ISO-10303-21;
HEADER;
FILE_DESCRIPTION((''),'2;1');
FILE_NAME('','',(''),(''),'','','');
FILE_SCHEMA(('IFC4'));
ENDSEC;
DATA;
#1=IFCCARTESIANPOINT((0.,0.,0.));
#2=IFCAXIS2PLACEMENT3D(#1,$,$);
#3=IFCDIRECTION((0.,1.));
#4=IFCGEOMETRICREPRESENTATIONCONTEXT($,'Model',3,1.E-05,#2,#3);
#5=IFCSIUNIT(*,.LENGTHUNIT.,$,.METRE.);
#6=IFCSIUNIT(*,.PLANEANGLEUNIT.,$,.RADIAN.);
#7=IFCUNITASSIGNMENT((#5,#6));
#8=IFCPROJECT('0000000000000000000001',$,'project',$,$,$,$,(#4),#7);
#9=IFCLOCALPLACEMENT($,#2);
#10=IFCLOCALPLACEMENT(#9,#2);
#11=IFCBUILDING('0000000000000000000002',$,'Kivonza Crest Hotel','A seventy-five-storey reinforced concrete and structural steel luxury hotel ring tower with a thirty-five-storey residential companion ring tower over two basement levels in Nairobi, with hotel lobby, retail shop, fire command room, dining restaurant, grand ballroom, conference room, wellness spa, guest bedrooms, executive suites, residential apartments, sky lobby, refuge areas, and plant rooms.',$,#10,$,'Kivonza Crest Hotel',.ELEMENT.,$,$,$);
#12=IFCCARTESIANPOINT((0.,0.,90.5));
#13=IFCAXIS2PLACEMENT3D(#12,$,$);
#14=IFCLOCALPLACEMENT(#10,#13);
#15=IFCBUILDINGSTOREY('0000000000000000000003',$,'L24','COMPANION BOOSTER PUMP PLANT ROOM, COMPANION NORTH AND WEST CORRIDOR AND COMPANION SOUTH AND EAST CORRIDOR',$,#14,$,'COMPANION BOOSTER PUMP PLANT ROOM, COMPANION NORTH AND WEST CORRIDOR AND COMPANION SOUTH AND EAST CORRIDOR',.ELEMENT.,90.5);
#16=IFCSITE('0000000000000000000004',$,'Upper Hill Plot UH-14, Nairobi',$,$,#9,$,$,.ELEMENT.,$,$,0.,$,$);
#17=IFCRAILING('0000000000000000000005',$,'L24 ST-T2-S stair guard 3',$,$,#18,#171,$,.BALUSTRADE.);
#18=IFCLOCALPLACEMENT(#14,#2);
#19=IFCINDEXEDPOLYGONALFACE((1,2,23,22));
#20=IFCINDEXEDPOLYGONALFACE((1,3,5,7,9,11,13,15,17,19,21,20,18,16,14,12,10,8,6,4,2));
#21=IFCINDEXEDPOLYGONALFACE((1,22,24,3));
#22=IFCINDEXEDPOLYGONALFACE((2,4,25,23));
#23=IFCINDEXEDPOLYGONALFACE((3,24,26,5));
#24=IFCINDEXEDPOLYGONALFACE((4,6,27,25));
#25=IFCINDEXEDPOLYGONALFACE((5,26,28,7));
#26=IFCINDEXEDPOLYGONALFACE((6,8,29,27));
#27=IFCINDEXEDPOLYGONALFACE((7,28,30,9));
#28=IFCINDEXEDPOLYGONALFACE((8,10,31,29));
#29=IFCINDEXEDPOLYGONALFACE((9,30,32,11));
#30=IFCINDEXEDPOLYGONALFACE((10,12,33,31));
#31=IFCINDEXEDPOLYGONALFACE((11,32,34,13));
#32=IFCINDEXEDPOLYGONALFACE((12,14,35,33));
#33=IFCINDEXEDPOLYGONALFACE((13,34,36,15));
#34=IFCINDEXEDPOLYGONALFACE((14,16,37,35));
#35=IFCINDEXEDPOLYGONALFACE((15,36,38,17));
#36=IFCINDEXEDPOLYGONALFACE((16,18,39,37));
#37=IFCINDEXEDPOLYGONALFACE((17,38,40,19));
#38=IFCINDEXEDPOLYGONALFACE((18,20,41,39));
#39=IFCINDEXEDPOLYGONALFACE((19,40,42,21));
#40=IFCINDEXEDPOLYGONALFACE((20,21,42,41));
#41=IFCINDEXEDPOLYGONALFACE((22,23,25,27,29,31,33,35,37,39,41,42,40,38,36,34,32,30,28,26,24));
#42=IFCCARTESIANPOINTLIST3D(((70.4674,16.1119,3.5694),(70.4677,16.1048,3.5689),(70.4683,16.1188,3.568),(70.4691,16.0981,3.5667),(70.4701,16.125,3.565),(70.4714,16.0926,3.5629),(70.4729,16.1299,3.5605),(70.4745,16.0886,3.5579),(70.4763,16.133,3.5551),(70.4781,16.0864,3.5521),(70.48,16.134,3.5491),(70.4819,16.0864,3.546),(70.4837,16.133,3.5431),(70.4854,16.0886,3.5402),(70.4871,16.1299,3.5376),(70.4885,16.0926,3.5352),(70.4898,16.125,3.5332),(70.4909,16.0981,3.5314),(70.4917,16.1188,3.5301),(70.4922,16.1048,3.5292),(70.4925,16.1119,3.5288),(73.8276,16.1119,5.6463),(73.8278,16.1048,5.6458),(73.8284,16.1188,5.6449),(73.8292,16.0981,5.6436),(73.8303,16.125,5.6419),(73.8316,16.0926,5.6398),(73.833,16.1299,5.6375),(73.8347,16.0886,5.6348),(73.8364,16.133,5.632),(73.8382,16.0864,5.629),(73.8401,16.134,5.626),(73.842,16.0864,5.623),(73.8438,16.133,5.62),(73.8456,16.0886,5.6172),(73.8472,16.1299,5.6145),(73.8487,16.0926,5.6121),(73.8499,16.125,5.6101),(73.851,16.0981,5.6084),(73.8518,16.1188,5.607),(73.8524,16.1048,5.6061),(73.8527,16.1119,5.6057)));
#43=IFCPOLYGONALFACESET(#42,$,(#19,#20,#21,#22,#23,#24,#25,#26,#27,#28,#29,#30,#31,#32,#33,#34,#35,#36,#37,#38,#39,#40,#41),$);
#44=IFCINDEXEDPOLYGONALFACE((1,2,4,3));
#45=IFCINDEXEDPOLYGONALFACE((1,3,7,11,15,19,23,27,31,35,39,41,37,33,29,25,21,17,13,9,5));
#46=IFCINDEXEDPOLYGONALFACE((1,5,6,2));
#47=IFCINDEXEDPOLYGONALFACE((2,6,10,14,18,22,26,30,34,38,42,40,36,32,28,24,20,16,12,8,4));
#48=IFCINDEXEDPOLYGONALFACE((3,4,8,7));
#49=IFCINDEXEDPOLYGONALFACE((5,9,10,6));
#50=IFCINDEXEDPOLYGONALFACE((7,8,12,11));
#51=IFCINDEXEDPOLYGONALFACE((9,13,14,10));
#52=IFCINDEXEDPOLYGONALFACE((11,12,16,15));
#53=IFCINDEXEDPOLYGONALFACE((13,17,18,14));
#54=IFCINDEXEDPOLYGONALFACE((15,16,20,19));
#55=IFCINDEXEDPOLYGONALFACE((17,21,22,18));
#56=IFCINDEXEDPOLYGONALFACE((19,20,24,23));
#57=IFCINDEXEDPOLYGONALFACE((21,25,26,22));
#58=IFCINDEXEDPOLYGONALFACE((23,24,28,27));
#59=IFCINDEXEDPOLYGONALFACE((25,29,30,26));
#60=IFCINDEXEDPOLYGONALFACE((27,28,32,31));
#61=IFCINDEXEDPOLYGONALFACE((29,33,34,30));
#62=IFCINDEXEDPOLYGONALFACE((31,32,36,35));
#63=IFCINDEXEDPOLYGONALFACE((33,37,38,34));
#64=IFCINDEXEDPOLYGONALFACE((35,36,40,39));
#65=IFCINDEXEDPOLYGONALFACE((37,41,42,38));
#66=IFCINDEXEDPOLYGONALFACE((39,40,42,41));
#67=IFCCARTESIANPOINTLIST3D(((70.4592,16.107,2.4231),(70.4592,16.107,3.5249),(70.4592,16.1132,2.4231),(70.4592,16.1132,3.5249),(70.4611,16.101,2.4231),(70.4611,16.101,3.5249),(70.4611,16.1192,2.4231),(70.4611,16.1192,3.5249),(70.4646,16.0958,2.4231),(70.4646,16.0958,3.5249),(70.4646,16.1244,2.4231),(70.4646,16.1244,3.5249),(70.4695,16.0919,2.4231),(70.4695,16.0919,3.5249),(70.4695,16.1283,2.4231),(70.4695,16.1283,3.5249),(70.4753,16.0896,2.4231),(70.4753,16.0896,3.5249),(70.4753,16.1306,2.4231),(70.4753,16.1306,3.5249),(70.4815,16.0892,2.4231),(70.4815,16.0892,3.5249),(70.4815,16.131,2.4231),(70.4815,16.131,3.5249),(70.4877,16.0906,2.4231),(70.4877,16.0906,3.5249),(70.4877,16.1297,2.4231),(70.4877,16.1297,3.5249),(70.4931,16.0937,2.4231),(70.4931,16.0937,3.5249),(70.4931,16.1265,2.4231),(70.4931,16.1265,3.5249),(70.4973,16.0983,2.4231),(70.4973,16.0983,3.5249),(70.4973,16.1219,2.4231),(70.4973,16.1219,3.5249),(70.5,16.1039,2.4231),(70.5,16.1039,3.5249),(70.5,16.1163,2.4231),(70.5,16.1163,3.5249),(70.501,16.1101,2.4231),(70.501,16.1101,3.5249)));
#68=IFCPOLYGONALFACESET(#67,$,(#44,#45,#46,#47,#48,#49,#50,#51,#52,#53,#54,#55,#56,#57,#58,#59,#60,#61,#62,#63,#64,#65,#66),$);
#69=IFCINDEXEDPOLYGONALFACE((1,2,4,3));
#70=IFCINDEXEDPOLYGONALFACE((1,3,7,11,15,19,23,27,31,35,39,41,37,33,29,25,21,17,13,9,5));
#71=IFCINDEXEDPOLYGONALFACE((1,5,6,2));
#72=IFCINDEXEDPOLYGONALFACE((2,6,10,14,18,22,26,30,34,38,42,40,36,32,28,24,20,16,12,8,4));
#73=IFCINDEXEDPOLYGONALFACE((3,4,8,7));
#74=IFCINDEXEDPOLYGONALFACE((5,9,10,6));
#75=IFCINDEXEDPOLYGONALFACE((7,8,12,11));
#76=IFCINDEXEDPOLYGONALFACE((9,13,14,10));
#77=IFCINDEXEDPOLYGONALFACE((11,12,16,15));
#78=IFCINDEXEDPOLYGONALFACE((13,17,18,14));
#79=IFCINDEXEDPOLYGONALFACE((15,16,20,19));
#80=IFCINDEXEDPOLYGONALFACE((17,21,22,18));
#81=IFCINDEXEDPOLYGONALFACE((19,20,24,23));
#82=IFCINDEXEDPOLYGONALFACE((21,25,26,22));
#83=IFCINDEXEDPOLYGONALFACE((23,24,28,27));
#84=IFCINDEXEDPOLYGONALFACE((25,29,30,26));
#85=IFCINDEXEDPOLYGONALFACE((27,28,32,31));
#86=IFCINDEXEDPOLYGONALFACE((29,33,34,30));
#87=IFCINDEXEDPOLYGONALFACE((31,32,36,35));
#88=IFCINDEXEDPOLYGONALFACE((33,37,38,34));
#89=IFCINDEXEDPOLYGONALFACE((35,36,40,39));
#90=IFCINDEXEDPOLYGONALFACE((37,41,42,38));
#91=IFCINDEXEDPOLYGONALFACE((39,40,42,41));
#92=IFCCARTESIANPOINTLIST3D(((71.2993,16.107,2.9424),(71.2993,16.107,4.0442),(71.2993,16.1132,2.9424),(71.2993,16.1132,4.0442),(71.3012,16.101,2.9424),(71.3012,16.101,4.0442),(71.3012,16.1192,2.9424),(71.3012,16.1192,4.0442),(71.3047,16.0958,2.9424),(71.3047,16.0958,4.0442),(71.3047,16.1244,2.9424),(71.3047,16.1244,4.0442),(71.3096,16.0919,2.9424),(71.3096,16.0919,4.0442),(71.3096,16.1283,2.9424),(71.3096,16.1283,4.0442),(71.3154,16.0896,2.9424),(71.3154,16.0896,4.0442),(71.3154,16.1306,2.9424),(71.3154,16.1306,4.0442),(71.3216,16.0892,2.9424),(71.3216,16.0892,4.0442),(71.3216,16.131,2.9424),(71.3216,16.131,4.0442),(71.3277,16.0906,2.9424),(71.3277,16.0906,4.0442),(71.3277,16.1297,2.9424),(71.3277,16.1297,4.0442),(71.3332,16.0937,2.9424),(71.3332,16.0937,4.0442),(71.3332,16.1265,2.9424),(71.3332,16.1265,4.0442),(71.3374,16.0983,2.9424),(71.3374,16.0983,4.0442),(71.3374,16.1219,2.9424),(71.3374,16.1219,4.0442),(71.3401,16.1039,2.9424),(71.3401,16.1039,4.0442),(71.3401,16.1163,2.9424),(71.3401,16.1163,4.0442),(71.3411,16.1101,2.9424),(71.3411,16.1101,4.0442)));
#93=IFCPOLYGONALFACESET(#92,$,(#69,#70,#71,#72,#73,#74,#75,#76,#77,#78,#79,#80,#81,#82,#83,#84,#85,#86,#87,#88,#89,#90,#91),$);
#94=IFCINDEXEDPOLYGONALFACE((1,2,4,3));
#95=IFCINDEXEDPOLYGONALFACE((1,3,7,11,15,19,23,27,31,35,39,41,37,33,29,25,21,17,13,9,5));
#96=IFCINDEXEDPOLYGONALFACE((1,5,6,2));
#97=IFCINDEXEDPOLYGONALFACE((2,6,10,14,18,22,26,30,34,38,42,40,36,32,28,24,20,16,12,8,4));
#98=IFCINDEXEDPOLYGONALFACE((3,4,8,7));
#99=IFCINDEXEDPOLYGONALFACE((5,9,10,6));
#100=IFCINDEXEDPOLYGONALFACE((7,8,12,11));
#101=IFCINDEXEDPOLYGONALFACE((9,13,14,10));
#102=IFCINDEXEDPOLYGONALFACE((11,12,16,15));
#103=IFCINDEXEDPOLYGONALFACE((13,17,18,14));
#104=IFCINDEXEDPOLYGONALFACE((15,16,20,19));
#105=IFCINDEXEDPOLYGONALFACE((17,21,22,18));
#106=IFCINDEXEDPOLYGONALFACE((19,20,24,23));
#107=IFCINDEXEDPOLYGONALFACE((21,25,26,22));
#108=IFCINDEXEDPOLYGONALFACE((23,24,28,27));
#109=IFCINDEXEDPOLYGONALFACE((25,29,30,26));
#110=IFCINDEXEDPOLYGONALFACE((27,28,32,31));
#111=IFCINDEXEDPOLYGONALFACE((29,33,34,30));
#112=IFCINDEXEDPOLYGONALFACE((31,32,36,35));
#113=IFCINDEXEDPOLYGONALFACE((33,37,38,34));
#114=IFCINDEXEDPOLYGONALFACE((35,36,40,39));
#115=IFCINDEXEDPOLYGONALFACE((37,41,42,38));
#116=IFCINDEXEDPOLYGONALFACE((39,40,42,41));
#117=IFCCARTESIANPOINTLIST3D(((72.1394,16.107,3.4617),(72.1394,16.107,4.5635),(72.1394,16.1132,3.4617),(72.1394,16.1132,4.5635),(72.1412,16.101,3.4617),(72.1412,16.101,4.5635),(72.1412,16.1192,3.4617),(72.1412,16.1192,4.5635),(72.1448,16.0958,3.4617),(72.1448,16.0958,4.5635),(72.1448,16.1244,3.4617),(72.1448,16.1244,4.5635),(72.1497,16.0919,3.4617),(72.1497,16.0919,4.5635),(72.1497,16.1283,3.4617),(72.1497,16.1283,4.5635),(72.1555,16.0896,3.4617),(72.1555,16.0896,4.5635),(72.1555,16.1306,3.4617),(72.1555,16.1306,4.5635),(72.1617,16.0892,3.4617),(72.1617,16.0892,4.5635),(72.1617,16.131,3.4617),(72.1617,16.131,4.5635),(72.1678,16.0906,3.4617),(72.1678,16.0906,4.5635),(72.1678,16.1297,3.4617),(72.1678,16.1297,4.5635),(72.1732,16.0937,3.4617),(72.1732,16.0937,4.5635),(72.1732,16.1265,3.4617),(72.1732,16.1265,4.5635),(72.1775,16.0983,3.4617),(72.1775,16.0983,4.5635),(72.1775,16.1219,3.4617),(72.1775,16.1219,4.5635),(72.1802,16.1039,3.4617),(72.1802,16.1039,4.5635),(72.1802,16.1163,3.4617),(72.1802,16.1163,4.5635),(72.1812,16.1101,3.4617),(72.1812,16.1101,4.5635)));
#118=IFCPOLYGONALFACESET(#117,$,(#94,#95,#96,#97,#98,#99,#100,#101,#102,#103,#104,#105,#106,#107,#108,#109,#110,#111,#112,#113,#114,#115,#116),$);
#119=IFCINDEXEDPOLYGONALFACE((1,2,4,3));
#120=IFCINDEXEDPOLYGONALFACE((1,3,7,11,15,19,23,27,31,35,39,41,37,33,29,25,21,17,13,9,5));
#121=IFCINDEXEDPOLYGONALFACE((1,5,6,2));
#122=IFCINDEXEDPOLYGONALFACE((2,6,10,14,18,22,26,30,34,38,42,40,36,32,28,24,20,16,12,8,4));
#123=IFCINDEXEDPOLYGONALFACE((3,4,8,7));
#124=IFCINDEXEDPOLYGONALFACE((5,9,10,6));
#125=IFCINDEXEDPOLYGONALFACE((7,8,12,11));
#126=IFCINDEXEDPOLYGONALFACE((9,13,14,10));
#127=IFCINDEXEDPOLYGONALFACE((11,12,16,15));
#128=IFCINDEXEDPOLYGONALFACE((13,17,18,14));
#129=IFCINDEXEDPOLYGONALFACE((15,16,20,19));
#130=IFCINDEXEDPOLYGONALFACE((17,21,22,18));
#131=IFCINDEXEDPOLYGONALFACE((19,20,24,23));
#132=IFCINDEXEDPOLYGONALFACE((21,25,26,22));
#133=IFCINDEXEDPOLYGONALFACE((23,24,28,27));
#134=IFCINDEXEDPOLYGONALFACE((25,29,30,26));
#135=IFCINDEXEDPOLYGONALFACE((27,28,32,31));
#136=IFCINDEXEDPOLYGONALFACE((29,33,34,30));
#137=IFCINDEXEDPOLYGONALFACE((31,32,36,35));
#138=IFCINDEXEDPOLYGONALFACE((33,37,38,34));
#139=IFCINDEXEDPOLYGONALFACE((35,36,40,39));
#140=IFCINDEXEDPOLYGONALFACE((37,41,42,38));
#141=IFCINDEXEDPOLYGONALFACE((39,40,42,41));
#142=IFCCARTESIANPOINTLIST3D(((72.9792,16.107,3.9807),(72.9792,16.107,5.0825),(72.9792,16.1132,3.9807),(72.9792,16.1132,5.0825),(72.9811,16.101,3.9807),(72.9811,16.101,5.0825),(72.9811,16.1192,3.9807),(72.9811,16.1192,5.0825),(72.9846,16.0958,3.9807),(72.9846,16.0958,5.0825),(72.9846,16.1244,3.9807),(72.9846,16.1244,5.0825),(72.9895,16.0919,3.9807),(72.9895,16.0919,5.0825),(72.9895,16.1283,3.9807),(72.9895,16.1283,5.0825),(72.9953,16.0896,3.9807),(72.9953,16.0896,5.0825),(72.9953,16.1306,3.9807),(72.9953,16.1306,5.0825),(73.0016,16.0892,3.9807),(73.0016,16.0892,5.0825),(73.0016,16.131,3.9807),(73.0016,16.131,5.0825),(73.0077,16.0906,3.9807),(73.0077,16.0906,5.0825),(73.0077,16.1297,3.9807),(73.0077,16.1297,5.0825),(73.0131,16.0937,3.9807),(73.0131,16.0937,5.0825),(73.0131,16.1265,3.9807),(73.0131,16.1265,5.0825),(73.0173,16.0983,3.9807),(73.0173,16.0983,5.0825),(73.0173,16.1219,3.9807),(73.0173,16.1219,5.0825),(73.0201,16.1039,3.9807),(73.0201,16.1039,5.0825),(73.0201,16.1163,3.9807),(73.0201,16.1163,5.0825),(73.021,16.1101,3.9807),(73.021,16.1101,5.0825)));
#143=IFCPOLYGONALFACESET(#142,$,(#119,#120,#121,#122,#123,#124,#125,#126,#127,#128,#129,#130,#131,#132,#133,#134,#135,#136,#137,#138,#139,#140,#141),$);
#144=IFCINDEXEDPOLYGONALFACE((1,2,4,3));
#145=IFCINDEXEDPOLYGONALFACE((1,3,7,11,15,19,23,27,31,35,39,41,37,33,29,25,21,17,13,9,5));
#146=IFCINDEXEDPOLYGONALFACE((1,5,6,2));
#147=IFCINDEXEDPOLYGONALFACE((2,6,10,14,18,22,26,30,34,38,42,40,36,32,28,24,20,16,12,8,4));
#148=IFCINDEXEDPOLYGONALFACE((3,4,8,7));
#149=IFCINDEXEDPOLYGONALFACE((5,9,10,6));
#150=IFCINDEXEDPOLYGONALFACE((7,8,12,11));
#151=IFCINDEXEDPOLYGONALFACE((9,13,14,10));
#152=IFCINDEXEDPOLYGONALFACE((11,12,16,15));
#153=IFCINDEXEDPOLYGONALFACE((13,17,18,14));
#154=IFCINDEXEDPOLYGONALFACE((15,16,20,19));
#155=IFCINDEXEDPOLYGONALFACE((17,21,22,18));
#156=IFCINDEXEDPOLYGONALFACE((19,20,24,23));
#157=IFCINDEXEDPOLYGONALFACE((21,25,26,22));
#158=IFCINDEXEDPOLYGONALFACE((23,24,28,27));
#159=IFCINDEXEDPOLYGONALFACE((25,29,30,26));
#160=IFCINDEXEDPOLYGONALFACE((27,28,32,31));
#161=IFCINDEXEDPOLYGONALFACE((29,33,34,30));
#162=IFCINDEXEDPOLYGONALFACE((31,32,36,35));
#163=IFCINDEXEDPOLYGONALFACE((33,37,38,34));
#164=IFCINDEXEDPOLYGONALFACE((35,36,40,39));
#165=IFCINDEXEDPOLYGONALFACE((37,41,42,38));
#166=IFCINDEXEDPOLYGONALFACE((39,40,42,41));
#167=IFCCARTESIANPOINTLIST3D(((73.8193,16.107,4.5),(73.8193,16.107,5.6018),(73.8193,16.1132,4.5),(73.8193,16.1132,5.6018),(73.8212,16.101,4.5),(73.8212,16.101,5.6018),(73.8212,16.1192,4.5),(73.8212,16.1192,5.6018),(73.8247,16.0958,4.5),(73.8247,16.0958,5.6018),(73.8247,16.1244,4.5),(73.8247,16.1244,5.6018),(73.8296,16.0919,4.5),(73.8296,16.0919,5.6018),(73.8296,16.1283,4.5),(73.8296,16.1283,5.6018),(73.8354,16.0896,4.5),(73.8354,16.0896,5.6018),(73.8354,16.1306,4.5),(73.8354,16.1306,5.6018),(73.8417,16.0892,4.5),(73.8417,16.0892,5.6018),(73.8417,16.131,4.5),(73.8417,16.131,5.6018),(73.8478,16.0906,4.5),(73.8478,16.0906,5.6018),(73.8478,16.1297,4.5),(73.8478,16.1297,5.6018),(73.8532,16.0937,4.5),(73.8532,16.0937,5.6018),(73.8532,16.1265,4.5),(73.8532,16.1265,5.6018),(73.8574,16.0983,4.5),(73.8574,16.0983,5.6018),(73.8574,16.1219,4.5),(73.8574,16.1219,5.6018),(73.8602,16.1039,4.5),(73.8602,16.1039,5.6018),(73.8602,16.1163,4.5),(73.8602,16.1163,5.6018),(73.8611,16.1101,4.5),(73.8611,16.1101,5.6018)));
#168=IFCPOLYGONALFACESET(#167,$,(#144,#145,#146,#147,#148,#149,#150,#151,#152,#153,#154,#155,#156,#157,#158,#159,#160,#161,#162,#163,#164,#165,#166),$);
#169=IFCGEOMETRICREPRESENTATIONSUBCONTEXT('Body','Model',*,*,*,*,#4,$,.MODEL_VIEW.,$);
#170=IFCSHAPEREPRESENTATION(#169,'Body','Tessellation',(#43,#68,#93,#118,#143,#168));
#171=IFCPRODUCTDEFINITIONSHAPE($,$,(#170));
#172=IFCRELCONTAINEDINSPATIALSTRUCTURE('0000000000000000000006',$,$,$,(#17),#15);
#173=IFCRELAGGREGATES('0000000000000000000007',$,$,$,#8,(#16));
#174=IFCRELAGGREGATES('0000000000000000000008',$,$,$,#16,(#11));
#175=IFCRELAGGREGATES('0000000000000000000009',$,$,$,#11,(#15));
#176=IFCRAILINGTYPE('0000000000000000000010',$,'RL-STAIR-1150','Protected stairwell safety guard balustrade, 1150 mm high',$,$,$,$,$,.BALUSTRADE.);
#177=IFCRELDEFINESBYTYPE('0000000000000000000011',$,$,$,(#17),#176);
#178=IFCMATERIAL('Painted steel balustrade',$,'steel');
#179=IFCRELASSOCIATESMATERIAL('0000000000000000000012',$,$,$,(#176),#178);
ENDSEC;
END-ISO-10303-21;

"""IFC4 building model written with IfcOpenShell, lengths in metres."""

from ifc_helpers import new_model, si_unit, direction, frame, origin, origin_2d, place, context, subcontext, project, spatial, circle, extrude, material, type_object, element, save


model = new_model("IFC4")

# Units and contexts
model_context = context("Model", 3, precision=1e-05, world=origin(), true_north=direction((0.0, 1.0)))
body_context = subcontext(model_context, "Body", "Model", "MODEL_VIEW")
ifc_project = project(units=[si_unit("LENGTHUNIT", "METRE"), si_unit("PLANEANGLEUNIT", "RADIAN")], contexts=[model_context])

# Site, building, storey
site_placement = place(None, origin())
site = spatial("IfcSite", under=ifc_project, at=site_placement, Name="Upper Hill Plot UH-14, Nairobi", CompositionType="ELEMENT", RefElevation=0.0)
building_placement = place(site_placement, origin())
building = spatial("IfcBuilding", under=site, at=building_placement, Name="Kivonza Crest Hotel", Description="A seventy-five-storey reinforced concrete and structural steel luxury hotel ring tower with a thirty-five-storey residential companion ring tower over two basement levels in Nairobi, with hotel lobby, retail shop, fire command room, dining restaurant, grand ballroom, conference room, wellness spa, guest bedrooms, executive suites, residential apartments, sky lobby, refuge areas, and plant rooms.", LongName="Kivonza Crest Hotel", CompositionType="ELEMENT")
storey_placement = place(building_placement, frame((0.0, 0.0, 90.5)))
storey = spatial("IfcBuildingStorey", under=building, at=storey_placement, Name="L24", Description="COMPANION BOOSTER PUMP PLANT ROOM, COMPANION NORTH AND WEST CORRIDOR AND COMPANION SOUTH AND EAST CORRIDOR", LongName="COMPANION BOOSTER PUMP PLANT ROOM, COMPANION NORTH AND WEST CORRIDOR AND COMPANION SOUTH AND EAST CORRIDOR", CompositionType="ELEMENT", Elevation=90.5)

# Railing
ifc_material_1 = material(Name="Painted steel balustrade", Category="steel")
railing_type_1 = type_object("IfcRailingType", Name="RL-STAIR-1150", Description="Protected stairwell safety guard balustrade, 1150 mm high", PredefinedType="BALUSTRADE", material=ifc_material_1)
railing_1_placement = place(storey_placement, frame((70.48, 16.1101, 2.4231)))
element("IfcRailing", 1, at=railing_1_placement, inside=storey, type_object=railing_type_1, Name="L24 ST-T2-S stair guard 3", PredefinedType="BALUSTRADE", context=body_context, shape_type="SweptSolid", body=[
    extrude(circle(Radius=0.0239, at=origin_2d()), frame((0.0, 0.0, 1.126), z_axis=(0.850623, 0.0, 0.525776), x_axis=(0.0, 1.0, 0.0)), (0.0, 0.0, 1.0), 3.9502),
    extrude(circle(Radius=0.021, at=origin_2d()), origin(), (0.0, 0.0, 1.0), 1.1018),
    extrude(circle(Radius=0.021, at=origin_2d()), frame((0.8401, 0.0, 0.5193)), (0.0, 0.0, 1.0), 1.1018),
    extrude(circle(Radius=0.021, at=origin_2d()), frame((1.6802, 0.0, 1.0386)), (0.0, 0.0, 1.0), 1.1018),
    extrude(circle(Radius=0.021, at=origin_2d()), frame((2.52, 0.0, 1.5576)), (0.0, 0.0, 1.0), 1.1018),
    extrude(circle(Radius=0.021, at=origin_2d()), frame((3.3601, 0.0, 2.0769)), (0.0, 0.0, 1.0), 1.1018),
])

save(model, "model.ifc")
